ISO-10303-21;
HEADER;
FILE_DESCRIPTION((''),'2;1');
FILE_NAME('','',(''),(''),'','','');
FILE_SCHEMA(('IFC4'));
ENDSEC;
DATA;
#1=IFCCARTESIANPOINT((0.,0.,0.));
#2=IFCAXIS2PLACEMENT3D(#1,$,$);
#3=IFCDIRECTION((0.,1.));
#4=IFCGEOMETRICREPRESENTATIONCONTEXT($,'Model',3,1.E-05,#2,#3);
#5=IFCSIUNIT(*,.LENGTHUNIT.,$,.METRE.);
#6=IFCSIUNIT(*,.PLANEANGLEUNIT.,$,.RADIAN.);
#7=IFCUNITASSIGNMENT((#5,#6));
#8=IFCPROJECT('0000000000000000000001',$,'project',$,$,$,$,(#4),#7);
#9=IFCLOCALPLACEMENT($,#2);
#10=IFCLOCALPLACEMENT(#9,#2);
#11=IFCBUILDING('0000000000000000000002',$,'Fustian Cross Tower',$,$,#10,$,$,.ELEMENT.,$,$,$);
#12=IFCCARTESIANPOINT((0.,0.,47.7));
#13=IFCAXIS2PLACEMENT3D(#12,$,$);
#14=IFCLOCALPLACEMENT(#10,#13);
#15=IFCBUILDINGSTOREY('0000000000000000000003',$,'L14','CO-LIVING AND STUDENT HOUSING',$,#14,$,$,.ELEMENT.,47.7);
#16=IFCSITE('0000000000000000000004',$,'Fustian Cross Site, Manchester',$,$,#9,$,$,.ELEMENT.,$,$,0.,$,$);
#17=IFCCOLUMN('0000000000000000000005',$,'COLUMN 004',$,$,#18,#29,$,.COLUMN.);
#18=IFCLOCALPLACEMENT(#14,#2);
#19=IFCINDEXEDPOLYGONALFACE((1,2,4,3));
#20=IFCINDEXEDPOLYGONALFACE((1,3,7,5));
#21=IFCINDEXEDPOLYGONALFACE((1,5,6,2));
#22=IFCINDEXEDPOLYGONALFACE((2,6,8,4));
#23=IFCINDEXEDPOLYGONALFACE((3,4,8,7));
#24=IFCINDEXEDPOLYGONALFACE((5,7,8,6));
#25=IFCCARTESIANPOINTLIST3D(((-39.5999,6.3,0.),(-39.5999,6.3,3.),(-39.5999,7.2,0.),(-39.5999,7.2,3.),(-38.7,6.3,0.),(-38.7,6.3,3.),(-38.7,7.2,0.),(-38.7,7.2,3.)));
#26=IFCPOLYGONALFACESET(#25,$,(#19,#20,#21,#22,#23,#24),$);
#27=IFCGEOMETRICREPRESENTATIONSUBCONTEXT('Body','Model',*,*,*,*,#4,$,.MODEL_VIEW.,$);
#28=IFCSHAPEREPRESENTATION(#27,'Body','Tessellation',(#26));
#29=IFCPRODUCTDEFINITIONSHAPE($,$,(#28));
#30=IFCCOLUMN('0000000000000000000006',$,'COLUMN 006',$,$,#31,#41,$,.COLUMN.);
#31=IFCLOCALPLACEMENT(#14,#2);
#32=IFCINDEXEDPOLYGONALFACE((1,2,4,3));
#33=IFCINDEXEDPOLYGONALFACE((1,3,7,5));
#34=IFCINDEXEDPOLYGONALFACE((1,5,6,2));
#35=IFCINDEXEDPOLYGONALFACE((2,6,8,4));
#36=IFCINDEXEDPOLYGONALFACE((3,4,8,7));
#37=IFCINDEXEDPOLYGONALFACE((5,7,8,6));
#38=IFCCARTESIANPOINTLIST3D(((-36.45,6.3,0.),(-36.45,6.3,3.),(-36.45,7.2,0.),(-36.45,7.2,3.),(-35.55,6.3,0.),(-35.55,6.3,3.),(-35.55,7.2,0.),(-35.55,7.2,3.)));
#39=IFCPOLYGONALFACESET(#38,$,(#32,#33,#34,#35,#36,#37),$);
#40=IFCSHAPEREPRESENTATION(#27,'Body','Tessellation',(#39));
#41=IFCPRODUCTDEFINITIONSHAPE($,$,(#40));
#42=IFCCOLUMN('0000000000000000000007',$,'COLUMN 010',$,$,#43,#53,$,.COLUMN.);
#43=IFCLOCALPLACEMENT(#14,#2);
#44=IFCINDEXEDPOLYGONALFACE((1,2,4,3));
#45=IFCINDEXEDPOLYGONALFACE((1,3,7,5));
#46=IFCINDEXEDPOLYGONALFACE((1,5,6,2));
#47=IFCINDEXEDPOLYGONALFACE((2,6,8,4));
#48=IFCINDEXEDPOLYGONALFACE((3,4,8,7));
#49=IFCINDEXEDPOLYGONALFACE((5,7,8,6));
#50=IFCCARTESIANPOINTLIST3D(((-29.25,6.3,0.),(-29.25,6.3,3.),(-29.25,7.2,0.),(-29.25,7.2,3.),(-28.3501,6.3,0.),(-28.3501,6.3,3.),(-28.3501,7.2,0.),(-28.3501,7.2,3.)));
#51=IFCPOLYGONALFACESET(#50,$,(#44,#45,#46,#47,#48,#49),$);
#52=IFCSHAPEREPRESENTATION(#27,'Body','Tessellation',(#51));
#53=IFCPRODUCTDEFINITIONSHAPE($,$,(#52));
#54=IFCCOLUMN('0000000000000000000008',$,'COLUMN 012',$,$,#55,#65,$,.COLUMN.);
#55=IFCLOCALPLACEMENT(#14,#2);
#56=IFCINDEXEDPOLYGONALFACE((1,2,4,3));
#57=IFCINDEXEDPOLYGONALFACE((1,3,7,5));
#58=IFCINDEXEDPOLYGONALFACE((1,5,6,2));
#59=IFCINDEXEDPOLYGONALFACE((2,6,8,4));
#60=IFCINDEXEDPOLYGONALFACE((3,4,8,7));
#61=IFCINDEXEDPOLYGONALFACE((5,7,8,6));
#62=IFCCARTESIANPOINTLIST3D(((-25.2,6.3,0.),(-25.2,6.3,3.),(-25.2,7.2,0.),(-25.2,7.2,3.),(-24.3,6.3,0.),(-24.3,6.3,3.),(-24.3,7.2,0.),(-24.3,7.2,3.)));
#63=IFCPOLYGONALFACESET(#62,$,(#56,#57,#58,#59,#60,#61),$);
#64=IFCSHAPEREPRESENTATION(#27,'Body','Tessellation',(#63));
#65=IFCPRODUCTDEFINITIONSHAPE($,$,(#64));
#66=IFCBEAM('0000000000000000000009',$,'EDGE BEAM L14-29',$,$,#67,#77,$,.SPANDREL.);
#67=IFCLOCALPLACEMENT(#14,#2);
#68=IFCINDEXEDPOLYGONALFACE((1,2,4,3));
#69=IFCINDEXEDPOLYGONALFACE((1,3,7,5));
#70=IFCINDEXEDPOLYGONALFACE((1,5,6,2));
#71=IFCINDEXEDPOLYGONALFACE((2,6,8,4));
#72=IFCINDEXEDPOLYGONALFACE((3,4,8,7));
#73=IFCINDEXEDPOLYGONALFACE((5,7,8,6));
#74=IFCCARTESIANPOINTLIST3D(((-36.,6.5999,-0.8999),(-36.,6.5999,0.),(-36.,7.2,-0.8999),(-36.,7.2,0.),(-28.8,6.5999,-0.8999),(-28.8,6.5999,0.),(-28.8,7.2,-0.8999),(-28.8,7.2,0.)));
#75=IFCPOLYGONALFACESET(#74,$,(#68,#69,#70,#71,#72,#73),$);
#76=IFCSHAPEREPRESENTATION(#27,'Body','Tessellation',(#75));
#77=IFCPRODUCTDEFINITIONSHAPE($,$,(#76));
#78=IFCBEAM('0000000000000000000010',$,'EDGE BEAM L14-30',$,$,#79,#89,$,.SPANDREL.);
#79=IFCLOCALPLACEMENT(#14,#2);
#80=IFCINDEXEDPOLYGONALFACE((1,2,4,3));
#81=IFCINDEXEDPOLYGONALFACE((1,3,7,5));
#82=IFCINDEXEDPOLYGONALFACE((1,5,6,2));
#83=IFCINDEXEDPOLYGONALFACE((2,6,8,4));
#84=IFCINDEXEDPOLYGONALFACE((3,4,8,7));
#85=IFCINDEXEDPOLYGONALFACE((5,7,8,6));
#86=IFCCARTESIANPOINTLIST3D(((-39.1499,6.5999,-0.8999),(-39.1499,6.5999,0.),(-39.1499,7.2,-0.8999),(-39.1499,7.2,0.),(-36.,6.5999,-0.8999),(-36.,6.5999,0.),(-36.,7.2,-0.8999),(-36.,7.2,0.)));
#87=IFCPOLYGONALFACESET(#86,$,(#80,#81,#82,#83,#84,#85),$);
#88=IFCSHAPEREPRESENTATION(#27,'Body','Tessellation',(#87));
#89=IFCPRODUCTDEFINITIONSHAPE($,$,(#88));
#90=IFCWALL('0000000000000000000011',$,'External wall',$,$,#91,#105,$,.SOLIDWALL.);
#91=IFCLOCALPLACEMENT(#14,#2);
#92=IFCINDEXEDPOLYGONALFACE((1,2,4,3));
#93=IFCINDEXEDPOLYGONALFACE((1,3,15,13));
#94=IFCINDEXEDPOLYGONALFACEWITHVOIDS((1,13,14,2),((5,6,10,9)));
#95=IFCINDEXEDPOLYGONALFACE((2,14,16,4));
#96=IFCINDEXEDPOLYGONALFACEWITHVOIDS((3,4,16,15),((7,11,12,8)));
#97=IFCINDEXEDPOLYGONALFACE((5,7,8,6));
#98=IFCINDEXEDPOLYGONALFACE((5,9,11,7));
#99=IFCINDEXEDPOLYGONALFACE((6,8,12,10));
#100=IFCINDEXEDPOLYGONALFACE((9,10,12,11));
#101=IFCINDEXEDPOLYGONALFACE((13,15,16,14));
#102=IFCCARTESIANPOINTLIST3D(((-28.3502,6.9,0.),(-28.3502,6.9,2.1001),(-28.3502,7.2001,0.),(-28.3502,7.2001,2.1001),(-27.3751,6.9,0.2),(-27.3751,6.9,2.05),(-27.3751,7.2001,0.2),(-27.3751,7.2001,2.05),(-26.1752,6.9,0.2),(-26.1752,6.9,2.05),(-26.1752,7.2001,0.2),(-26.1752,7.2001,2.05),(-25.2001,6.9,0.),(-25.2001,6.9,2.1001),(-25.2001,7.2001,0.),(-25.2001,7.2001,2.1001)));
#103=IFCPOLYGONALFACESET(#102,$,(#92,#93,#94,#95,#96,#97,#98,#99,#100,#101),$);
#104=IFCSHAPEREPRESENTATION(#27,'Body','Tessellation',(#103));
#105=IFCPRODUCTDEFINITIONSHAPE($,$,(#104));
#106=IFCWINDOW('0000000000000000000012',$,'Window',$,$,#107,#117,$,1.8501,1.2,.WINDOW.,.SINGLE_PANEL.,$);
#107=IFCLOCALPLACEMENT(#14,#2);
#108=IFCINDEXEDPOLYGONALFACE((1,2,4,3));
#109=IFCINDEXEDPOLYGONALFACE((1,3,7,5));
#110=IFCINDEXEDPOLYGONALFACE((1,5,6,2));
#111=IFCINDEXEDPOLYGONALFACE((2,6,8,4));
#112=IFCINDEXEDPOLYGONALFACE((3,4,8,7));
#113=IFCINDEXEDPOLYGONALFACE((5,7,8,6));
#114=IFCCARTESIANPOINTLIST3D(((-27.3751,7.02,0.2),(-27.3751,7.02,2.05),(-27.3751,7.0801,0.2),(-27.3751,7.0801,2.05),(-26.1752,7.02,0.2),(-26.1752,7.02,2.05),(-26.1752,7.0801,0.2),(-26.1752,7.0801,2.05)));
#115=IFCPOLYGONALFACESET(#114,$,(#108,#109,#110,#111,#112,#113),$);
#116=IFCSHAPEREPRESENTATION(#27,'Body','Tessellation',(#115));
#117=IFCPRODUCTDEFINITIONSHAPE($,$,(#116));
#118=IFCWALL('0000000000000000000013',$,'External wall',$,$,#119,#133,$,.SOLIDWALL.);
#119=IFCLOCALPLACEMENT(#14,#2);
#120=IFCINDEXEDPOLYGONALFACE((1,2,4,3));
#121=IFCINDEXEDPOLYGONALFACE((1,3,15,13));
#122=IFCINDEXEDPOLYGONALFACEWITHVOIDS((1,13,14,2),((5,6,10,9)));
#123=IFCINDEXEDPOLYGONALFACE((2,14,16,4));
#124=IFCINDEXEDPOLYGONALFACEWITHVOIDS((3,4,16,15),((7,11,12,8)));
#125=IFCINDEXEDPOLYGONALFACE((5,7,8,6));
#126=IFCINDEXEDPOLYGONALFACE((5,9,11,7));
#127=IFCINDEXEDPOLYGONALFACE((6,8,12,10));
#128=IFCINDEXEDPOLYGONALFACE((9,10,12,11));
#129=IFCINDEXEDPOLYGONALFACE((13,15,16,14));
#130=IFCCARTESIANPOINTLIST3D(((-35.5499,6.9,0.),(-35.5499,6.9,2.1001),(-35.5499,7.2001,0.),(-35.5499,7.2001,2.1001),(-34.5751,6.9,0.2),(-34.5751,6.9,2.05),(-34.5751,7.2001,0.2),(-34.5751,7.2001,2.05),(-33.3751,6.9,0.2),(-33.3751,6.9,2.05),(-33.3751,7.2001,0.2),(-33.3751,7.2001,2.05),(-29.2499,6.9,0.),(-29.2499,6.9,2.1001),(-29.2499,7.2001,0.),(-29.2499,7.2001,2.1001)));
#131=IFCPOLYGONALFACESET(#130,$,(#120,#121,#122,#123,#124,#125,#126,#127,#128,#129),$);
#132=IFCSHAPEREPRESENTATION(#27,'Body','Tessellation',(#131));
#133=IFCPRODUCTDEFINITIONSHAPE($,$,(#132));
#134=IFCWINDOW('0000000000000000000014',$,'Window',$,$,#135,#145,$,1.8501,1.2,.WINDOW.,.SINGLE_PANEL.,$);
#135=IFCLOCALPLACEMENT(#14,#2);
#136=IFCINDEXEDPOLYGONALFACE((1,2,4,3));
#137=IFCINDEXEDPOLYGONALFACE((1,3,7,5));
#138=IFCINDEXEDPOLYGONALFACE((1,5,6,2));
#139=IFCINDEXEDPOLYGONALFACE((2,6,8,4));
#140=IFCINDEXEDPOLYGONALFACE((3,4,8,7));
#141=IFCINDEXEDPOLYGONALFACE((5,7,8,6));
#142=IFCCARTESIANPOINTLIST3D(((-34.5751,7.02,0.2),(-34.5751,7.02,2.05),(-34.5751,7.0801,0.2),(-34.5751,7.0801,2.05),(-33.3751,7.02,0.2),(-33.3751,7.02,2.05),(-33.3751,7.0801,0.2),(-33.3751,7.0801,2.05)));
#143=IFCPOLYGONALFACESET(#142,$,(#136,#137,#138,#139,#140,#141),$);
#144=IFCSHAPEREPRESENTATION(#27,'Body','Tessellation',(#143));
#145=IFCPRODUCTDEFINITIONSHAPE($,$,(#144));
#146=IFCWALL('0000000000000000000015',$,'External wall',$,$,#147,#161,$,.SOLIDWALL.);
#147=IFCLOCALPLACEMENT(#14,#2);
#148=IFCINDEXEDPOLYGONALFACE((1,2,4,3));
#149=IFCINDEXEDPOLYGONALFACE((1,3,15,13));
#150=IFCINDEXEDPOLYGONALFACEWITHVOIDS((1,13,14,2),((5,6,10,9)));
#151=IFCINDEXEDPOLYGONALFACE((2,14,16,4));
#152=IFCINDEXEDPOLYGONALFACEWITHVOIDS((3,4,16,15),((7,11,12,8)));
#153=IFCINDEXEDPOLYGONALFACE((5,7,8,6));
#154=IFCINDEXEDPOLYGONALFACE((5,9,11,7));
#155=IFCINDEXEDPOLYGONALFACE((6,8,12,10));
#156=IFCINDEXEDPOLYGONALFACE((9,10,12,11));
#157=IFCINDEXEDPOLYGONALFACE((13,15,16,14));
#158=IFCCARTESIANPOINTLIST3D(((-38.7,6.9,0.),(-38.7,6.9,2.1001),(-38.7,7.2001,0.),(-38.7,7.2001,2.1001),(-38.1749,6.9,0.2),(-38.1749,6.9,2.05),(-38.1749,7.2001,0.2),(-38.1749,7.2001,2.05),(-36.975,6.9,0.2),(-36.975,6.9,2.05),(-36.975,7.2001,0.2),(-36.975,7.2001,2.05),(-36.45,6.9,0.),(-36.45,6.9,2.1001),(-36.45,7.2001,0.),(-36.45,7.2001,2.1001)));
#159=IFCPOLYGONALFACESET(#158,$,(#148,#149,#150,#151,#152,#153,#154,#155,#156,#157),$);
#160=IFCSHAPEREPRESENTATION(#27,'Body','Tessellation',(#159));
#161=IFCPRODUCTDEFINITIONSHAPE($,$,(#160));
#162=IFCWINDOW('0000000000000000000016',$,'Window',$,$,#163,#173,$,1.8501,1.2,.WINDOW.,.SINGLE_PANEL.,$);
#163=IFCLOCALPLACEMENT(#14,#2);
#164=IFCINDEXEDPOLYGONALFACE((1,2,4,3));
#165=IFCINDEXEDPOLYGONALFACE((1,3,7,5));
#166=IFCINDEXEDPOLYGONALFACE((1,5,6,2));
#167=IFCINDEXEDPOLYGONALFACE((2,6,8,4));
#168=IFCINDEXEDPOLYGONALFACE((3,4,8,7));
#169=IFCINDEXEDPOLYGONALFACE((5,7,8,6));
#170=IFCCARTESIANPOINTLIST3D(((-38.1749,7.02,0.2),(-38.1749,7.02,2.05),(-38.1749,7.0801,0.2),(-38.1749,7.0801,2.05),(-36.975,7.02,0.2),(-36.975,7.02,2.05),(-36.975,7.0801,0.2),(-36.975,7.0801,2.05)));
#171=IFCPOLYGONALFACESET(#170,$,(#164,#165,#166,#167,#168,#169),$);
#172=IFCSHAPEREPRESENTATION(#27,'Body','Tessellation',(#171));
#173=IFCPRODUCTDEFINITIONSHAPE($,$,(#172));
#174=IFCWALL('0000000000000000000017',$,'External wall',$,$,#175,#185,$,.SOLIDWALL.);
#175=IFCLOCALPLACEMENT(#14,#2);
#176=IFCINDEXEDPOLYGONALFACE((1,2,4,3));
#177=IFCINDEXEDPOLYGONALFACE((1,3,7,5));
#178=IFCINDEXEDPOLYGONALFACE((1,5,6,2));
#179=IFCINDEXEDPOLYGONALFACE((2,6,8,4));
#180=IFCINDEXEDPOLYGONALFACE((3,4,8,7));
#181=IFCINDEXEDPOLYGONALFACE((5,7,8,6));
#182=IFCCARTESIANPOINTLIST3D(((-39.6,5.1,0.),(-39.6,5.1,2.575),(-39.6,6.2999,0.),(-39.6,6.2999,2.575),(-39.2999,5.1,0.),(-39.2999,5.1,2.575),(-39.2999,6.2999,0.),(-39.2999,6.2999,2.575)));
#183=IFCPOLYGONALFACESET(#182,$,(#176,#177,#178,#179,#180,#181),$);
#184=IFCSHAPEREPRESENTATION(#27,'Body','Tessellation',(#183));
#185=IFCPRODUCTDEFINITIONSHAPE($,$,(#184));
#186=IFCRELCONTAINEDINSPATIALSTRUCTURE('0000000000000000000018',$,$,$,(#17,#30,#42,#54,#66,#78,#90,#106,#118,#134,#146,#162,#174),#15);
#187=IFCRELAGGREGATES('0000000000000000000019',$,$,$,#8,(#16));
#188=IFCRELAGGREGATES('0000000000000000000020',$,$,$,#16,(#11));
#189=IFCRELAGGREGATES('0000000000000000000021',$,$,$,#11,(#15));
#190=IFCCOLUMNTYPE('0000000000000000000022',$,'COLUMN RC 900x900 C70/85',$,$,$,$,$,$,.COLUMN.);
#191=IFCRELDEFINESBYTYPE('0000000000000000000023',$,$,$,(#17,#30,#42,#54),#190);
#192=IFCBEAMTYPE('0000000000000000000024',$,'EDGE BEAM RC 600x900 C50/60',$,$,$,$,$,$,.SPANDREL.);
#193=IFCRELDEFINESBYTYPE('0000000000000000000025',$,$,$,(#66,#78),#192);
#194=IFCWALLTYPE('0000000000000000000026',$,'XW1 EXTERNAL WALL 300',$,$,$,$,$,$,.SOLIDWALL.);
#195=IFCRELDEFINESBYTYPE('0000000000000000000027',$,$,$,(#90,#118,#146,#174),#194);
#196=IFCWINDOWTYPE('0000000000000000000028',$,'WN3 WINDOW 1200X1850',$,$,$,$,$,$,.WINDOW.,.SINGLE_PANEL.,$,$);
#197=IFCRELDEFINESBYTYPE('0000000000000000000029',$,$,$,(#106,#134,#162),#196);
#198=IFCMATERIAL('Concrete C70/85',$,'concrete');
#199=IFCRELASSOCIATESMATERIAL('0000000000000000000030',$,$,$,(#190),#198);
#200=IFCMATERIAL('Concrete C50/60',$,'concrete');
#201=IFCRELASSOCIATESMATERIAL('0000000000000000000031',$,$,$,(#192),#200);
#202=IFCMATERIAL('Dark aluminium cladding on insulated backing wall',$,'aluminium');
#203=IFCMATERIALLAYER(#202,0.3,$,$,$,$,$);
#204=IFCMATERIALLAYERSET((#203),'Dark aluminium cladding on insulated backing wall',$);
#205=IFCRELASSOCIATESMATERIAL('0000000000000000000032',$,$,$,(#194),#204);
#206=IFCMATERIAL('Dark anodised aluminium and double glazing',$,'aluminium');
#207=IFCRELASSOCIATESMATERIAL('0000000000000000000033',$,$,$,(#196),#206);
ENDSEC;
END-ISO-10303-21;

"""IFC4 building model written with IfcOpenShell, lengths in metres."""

from ifc_helpers import new_model, si_unit, direction, frame, frame_2d, origin, origin_2d, place, context, subcontext, project, spatial, rectangle, extrude, material, layer, layer_set, material_profile, profile_set, type_object, element, fill, save


model = new_model("IFC4")

# Units and contexts
model_context = context("Model", 3, precision=1e-05, world=origin(), true_north=direction((0.0, 1.0)))
body_context = subcontext(model_context, "Body", "Model", "MODEL_VIEW")
ifc_project = project(units=[si_unit("LENGTHUNIT", "METRE"), si_unit("PLANEANGLEUNIT", "RADIAN")], contexts=[model_context])

# Site, building, storey
site_placement = place(None, origin())
site = spatial("IfcSite", under=ifc_project, at=site_placement, Name="Fustian Cross Site, Manchester", CompositionType="ELEMENT", RefElevation=0.0)
building_placement = place(site_placement, origin())
building = spatial("IfcBuilding", under=site, at=building_placement, Name="Fustian Cross Tower", CompositionType="ELEMENT")
storey_placement = place(building_placement, frame((0.0, 0.0, 47.7)))
storey = spatial("IfcBuildingStorey", under=building, at=storey_placement, Name="L14", Description="CO-LIVING AND STUDENT HOUSING", CompositionType="ELEMENT", Elevation=47.7)

# Columns
ifc_material_1 = material(Name="Concrete C70/85", Category="concrete")
ifc_material_profile_1 = material_profile(ifc_material_1, rectangle(XDim=0.8999, YDim=0.8999, at=origin_2d()), Name="RC 900x900")
ifc_profile_set_1 = profile_set([ifc_material_profile_1], Name="Concrete C70/85")
column_type = type_object("IfcColumnType", Name="COLUMN RC 900x900 C70/85", PredefinedType="COLUMN", material=ifc_profile_set_1)
for number, where, z_axis, x_axis, name in (
    (1, (-39.1499, 6.75, 0.0), (0.0, 0.0, 1.0), (1.0, 0.0, 0.0), "COLUMN 004"),
    (2, (-36.0, 6.75, 0.0), (0.0, 0.0, 1.0), (1.0, 0.0, 0.0), "COLUMN 006"),
    (3, (-28.8, 6.75, 0.0), (0.0, 0.0, 1.0), (1.0, 0.0, 0.0), "COLUMN 010"),
    (4, (-24.75, 6.75, 0.0), (0.0, 0.0, 1.0), (1.0, 0.0, 0.0), "COLUMN 012"),
):
    element("IfcColumn", number, at=place(storey_placement, frame(where, z_axis=z_axis, x_axis=x_axis)), inside=storey, type_object=column_type, Name=name, PredefinedType="COLUMN", context=body_context, shape_type="SweptSolid", body=[
        extrude(rectangle(XDim=0.8999, YDim=0.8999, at=origin_2d()), origin(), (0.0, 0.0, 1.0), 3.0),
    ])

# Beams
ifc_material_2 = material(Name="Concrete C50/60", Category="concrete")
ifc_material_profile_2 = material_profile(ifc_material_2, rectangle(XDim=0.6001, YDim=0.8999, at=origin_2d()), Name="RC 600x900")
ifc_profile_set_2 = profile_set([ifc_material_profile_2], Name="Concrete C50/60")
beam_type = type_object("IfcBeamType", Name="EDGE BEAM RC 600x900 C50/60", PredefinedType="SPANDREL", material=ifc_profile_set_2)
beam_1_placement = place(storey_placement, frame((-28.8, 6.8999, -0.45), z_axis=(-1.0, 0.0, 0.0), x_axis=(0.0, -1.0, 0.0)))
element("IfcBeam", 5, at=beam_1_placement, inside=storey, type_object=beam_type, Name="EDGE BEAM L14-29", PredefinedType="SPANDREL", context=body_context, shape_type="SweptSolid", body=[
    extrude(rectangle(XDim=0.6001, YDim=0.8999, at=origin_2d()), origin(), (0.0, 0.0, 1.0), 7.2),
])
beam_2_placement = place(storey_placement, frame((-36.0, 6.8999, -0.45), z_axis=(-1.0, 0.0, 0.0), x_axis=(0.0, -1.0, 0.0)))
element("IfcBeam", 6, at=beam_2_placement, inside=storey, type_object=beam_type, Name="EDGE BEAM L14-30", PredefinedType="SPANDREL", context=body_context, shape_type="SweptSolid", body=[
    extrude(rectangle(XDim=0.6001, YDim=0.8999, at=origin_2d()), origin(), (0.0, 0.0, 1.0), 3.1499),
])

# Walls, openings, windows
ifc_material_3 = material(Name="Dark aluminium cladding on insulated backing wall", Category="aluminium")
ifc_layer = layer(ifc_material_3, 0.3)
ifc_layer_set = layer_set([ifc_layer], Name="Dark aluminium cladding on insulated backing wall")
wall_type = type_object("IfcWallType", Name="XW1 EXTERNAL WALL 300", PredefinedType="SOLIDWALL", material=ifc_layer_set)
wall_1_placement = place(storey_placement, frame((-25.2, 7.05, 0.0), z_axis=(0.0, 0.0, 1.0), x_axis=(-1.0, 0.0, 0.0)))
wall_1 = element("IfcWall", 7, at=wall_1_placement, inside=storey, type_object=wall_type, Name="External wall", PredefinedType="SOLIDWALL", context=body_context, shape_type="SweptSolid", body=[
    extrude(rectangle(XDim=3.1501, YDim=0.3, at=frame_2d((1.5752, 0.0))), origin(), (0.0, 0.0, 1.0), 2.1001),
])
opening_1_placement = place(wall_1_placement, frame((0.9751, 0.0, 0.2)))
opening_1 = element("IfcOpeningElement", 8, at=opening_1_placement, cuts=wall_1, PredefinedType="OPENING", context=body_context, shape_type="SweptSolid", body=[
    extrude(rectangle(XDim=1.2, YDim=1.8501, at=frame_2d((0.6001, 0.925))), frame((0.0, 0.1599, 0.0), z_axis=(0.0, -1.0, 0.0), x_axis=(1.0, 0.0, 0.0)), (0.0, 0.0, 1.0), 0.3201),
])
ifc_material_4 = material(Name="Dark anodised aluminium and double glazing", Category="aluminium")
window_type = type_object("IfcWindowType", Name="WN3 WINDOW 1200X1850", PartitioningType="SINGLE_PANEL", PredefinedType="WINDOW", material=ifc_material_4)
window_1_placement = place(opening_1_placement, origin())
window_1 = element("IfcWindow", 9, at=window_1_placement, inside=storey, type_object=window_type, Name="Window", OverallHeight=1.8501, OverallWidth=1.2, PartitioningType="SINGLE_PANEL", PredefinedType="WINDOW", context=body_context, shape_type="SweptSolid", body=[
    extrude(rectangle(XDim=1.2, YDim=1.8501, at=frame_2d((0.6001, 0.925))), frame((0.0, 0.03, 0.0), z_axis=(0.0, -1.0, 0.0), x_axis=(1.0, 0.0, 0.0)), (0.0, 0.0, 1.0), 0.0601),
])
fill(opening_1, window_1)
wall_2_placement = place(storey_placement, frame((-29.25, 7.05, 0.0), z_axis=(0.0, 0.0, 1.0), x_axis=(-1.0, 0.0, 0.0)))
wall_2 = element("IfcWall", 10, at=wall_2_placement, inside=storey, type_object=wall_type, Name="External wall", PredefinedType="SOLIDWALL", context=body_context, shape_type="SweptSolid", body=[
    extrude(rectangle(XDim=6.3, YDim=0.3, at=frame_2d((3.1499, 0.0))), origin(), (0.0, 0.0, 1.0), 2.1001),
])
opening_2_placement = place(wall_2_placement, frame((4.125, 0.0, 0.2)))
opening_2 = element("IfcOpeningElement", 11, at=opening_2_placement, cuts=wall_2, PredefinedType="OPENING", context=body_context, shape_type="SweptSolid", body=[
    extrude(rectangle(XDim=1.2, YDim=1.8501, at=frame_2d((0.6001, 0.925))), frame((0.0, 0.1599, 0.0), z_axis=(0.0, -1.0, 0.0), x_axis=(1.0, 0.0, 0.0)), (0.0, 0.0, 1.0), 0.3201),
])
window_2_placement = place(opening_2_placement, origin())
window_2 = element("IfcWindow", 12, at=window_2_placement, inside=storey, type_object=window_type, Name="Window", OverallHeight=1.8501, OverallWidth=1.2, PartitioningType="SINGLE_PANEL", PredefinedType="WINDOW", context=body_context, shape_type="SweptSolid", body=[
    extrude(rectangle(XDim=1.2, YDim=1.8501, at=frame_2d((0.6001, 0.925))), frame((0.0, 0.03, 0.0), z_axis=(0.0, -1.0, 0.0), x_axis=(1.0, 0.0, 0.0)), (0.0, 0.0, 1.0), 0.0601),
])
fill(opening_2, window_2)
wall_3_placement = place(storey_placement, frame((-36.45, 7.05, 0.0), z_axis=(0.0, 0.0, 1.0), x_axis=(-1.0, 0.0, 0.0)))
wall_3 = element("IfcWall", 13, at=wall_3_placement, inside=storey, type_object=wall_type, Name="External wall", PredefinedType="SOLIDWALL", context=body_context, shape_type="SweptSolid", body=[
    extrude(rectangle(XDim=2.25, YDim=0.3, at=frame_2d((1.125, 0.0))), origin(), (0.0, 0.0, 1.0), 2.1001),
])
opening_3_placement = place(wall_3_placement, frame((0.5249, 0.0, 0.2)))
opening_3 = element("IfcOpeningElement", 14, at=opening_3_placement, cuts=wall_3, PredefinedType="OPENING", context=body_context, shape_type="SweptSolid", body=[
    extrude(rectangle(XDim=1.2, YDim=1.8501, at=frame_2d((0.6001, 0.925))), frame((0.0, 0.1599, 0.0), z_axis=(0.0, -1.0, 0.0), x_axis=(1.0, 0.0, 0.0)), (0.0, 0.0, 1.0), 0.3201),
])
window_3_placement = place(opening_3_placement, origin())
window_3 = element("IfcWindow", 15, at=window_3_placement, inside=storey, type_object=window_type, Name="Window", OverallHeight=1.8501, OverallWidth=1.2, PartitioningType="SINGLE_PANEL", PredefinedType="WINDOW", context=body_context, shape_type="SweptSolid", body=[
    extrude(rectangle(XDim=1.2, YDim=1.8501, at=frame_2d((0.6001, 0.925))), frame((0.0, 0.03, 0.0), z_axis=(0.0, -1.0, 0.0), x_axis=(1.0, 0.0, 0.0)), (0.0, 0.0, 1.0), 0.0601),
])
fill(opening_3, window_3)

# Wall
wall_4_placement = place(storey_placement, frame((-39.45, 6.3, 0.0), z_axis=(0.0, 0.0, 1.0), x_axis=(0.0, -1.0, 0.0)))
element("IfcWall", 16, at=wall_4_placement, inside=storey, type_object=wall_type, Name="External wall", PredefinedType="SOLIDWALL", context=body_context, shape_type="SweptSolid", body=[
    extrude(rectangle(XDim=1.2, YDim=0.3, at=frame_2d((0.6001, 0.0))), origin(), (0.0, 0.0, 1.0), 2.575),
])

save(model, "model.ifc")
